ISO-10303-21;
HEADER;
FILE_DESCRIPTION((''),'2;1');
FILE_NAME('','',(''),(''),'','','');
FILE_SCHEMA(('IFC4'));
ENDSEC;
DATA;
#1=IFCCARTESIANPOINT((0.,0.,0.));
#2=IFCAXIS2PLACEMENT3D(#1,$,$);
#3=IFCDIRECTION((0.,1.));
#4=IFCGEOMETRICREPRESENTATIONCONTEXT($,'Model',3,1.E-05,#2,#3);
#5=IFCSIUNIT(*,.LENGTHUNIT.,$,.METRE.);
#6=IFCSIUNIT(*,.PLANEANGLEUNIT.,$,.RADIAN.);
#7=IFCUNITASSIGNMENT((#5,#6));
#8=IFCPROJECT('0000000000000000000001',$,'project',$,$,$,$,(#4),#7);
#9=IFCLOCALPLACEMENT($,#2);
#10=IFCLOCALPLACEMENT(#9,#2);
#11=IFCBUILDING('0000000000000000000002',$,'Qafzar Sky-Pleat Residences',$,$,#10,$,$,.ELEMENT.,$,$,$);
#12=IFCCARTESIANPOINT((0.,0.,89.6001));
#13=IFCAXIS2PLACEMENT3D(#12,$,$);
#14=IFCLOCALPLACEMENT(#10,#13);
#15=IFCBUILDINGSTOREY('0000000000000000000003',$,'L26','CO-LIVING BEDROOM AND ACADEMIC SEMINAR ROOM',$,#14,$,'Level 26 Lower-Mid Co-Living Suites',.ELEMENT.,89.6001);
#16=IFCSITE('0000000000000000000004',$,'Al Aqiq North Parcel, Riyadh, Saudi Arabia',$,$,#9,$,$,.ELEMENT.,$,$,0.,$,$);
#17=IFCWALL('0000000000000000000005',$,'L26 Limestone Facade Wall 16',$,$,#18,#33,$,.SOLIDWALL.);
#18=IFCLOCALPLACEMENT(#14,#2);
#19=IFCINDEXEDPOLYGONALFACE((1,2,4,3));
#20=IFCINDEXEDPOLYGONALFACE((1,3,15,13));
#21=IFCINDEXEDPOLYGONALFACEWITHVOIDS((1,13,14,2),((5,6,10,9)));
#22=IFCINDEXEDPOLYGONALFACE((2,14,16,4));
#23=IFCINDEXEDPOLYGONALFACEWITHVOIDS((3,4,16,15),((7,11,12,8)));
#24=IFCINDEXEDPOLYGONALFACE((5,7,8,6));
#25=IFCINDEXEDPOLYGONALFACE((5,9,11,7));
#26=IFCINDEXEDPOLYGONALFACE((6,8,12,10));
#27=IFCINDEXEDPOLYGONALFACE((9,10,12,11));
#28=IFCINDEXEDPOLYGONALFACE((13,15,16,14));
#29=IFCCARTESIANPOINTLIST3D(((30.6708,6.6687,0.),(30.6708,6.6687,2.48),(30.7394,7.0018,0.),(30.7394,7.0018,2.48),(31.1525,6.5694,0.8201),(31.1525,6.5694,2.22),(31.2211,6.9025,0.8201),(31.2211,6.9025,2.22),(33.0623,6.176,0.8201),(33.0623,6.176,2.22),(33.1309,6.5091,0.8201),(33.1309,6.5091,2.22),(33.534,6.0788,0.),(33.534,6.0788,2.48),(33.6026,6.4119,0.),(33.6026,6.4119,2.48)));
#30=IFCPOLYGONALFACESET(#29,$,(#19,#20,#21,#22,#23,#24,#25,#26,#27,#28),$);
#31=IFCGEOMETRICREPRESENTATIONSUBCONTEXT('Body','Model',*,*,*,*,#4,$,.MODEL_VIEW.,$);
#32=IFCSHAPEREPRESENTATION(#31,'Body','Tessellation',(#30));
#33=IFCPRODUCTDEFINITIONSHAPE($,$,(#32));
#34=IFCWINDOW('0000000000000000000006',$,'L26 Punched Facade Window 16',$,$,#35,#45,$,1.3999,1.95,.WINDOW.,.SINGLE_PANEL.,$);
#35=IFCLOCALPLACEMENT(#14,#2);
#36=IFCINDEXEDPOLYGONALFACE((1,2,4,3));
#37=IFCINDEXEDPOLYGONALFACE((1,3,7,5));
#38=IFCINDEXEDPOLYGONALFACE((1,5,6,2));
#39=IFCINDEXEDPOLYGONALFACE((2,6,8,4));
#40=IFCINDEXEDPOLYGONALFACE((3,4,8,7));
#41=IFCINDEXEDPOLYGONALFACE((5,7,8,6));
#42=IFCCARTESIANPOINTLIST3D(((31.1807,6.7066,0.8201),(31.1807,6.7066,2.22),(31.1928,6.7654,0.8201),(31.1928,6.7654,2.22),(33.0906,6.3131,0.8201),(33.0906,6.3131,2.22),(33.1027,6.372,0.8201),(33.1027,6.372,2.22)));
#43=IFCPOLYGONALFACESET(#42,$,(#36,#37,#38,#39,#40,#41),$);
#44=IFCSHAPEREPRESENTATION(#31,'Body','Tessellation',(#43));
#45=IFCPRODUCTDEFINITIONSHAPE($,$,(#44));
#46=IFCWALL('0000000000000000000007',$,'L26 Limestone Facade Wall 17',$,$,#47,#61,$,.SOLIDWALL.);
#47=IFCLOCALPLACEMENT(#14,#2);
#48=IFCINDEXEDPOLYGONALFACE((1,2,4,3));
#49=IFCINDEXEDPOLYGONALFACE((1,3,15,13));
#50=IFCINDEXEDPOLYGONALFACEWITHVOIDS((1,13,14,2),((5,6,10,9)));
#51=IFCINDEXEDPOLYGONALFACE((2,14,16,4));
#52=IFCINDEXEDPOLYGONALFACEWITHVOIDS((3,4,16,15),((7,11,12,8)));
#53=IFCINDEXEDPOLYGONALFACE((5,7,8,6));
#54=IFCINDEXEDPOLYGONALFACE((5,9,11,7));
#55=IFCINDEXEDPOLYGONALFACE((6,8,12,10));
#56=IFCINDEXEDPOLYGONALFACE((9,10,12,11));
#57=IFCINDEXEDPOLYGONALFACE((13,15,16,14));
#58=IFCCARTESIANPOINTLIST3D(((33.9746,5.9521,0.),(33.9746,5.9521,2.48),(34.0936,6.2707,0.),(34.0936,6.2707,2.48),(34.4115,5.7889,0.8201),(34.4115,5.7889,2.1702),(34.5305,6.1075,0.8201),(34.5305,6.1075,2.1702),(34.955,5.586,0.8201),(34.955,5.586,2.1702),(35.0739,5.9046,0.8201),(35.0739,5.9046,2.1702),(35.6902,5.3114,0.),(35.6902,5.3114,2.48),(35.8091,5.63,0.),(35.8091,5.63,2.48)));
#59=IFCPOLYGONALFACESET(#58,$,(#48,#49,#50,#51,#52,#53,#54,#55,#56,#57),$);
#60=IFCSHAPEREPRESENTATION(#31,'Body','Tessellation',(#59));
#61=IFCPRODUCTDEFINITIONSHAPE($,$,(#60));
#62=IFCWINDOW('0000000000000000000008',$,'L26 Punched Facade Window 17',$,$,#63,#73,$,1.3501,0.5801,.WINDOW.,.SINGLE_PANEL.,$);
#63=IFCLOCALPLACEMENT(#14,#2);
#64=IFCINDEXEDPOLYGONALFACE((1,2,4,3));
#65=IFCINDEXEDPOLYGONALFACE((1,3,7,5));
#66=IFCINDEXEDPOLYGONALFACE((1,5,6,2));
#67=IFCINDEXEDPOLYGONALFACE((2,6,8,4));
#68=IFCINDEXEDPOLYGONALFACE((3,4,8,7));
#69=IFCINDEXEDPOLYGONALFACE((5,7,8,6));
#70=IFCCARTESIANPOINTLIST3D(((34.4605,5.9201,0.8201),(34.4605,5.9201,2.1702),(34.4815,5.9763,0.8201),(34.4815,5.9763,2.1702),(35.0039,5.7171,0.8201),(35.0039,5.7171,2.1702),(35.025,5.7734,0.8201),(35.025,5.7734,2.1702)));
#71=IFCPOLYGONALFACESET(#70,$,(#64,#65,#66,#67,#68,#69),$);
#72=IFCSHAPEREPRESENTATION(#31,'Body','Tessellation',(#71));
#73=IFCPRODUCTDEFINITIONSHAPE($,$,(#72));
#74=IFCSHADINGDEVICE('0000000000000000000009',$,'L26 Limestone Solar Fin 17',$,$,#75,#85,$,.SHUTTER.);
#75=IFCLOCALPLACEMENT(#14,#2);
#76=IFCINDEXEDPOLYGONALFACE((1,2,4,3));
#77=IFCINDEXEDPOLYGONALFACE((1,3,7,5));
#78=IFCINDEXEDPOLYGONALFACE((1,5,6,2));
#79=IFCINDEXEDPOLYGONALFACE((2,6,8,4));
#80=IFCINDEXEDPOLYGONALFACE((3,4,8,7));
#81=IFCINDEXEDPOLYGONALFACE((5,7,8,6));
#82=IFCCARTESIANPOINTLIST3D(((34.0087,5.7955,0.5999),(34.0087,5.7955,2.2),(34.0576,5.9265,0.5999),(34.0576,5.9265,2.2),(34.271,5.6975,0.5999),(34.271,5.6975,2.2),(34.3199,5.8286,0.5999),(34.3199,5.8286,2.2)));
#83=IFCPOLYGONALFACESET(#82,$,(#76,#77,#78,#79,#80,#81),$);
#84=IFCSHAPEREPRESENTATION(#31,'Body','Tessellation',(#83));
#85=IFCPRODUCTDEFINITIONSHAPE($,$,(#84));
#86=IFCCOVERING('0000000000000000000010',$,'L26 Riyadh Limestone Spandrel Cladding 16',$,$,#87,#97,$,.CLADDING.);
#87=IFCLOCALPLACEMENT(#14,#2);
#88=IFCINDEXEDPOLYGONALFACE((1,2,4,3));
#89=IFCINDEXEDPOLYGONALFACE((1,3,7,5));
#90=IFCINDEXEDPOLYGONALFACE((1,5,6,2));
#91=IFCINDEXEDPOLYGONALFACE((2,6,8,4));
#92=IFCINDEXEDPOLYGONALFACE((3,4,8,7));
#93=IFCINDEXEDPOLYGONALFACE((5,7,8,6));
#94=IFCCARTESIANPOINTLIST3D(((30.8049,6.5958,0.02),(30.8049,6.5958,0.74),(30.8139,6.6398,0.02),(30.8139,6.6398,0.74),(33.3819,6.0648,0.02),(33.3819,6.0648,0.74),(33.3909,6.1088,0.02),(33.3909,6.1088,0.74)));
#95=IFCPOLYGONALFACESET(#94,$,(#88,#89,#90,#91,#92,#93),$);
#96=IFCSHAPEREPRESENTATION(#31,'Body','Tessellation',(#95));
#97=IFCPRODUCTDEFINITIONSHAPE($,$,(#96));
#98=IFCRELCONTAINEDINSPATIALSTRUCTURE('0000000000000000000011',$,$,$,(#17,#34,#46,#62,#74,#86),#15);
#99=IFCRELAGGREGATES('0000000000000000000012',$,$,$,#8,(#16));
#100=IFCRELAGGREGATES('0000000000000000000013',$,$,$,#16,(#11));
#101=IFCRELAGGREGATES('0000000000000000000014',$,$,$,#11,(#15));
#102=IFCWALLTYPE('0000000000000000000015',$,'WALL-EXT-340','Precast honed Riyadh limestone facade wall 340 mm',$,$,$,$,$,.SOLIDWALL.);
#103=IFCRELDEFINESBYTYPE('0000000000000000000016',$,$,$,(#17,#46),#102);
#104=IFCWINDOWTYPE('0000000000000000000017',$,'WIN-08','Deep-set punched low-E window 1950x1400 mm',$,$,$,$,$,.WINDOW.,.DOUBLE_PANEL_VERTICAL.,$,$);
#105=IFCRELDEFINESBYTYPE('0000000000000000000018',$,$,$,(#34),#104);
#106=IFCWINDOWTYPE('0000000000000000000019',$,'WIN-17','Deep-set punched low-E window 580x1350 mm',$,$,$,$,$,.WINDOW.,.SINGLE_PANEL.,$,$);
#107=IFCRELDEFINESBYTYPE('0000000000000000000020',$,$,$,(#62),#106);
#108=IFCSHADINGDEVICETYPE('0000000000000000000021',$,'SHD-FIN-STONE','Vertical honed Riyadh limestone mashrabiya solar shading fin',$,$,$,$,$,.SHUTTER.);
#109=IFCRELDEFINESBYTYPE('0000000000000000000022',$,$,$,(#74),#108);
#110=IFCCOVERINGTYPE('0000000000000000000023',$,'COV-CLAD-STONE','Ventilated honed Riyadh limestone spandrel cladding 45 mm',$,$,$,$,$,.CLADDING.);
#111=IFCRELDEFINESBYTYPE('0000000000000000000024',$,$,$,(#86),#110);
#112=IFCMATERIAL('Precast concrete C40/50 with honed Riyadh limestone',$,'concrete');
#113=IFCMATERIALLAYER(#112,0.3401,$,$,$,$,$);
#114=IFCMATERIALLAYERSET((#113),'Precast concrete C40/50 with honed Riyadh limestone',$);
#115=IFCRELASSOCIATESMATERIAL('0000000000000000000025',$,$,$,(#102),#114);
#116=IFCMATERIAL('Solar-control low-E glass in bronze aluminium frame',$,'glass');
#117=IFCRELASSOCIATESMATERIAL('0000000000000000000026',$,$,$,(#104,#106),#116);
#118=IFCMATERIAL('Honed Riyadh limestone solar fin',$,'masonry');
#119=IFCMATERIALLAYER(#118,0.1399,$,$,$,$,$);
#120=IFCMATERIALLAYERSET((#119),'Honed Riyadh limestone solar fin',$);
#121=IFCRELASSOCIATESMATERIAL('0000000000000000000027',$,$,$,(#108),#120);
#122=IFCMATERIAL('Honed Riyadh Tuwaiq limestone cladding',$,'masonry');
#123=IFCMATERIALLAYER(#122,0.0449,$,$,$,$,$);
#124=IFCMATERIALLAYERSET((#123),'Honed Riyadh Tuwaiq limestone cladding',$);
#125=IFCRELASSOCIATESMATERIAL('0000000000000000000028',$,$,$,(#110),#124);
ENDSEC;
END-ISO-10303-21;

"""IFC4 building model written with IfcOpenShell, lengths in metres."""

from ifc_helpers import new_model, si_unit, direction, frame, frame_2d, origin, origin_2d, place, context, subcontext, project, spatial, rectangle, extrude, source, transform, mapped, material, layer, layer_set, type_object, element, fill, save


model = new_model("IFC4")

# Units and contexts
model_context = context("Model", 3, precision=1e-05, world=origin(), true_north=direction((0.0, 1.0)))
body_context = subcontext(model_context, "Body", "Model", "MODEL_VIEW")
ifc_project = project(units=[si_unit("LENGTHUNIT", "METRE"), si_unit("PLANEANGLEUNIT", "RADIAN")], contexts=[model_context])

# Site, building, storey
site_placement = place(None, origin())
site = spatial("IfcSite", under=ifc_project, at=site_placement, Name="Al Aqiq North Parcel, Riyadh, Saudi Arabia", CompositionType="ELEMENT", RefElevation=0.0)
building_placement = place(site_placement, origin())
building = spatial("IfcBuilding", under=site, at=building_placement, Name="Qafzar Sky-Pleat Residences", CompositionType="ELEMENT")
storey_placement = place(building_placement, frame((0.0, 0.0, 89.6001)))
storey = spatial("IfcBuildingStorey", under=building, at=storey_placement, Name="L26", Description="CO-LIVING BEDROOM AND ACADEMIC SEMINAR ROOM", LongName="Level 26 Lower-Mid Co-Living Suites", CompositionType="ELEMENT", Elevation=89.6001)

# Walls, openings, windows
ifc_material_1 = material(Name="Precast concrete C40/50 with honed Riyadh limestone", Category="concrete")
ifc_layer_1 = layer(ifc_material_1, 0.3401)
ifc_layer_set_1 = layer_set([ifc_layer_1], Name="Precast concrete C40/50 with honed Riyadh limestone")
wall_type_1 = type_object("IfcWallType", Name="WALL-EXT-340", Description="Precast honed Riyadh limestone facade wall 340 mm", PredefinedType="SOLIDWALL", material=ifc_layer_set_1)
ifc_material_2 = material(Name="Solar-control low-E glass in bronze aluminium frame", Category="glass")
wall_1_placement = place(storey_placement, frame((30.7051, 6.8352, 0.0), z_axis=(0.0, 0.0, 1.0), x_axis=(0.979434, -0.201766, 0.0)))
wall_1 = element("IfcWall", 1, at=wall_1_placement, inside=storey, type_object=wall_type_1, Name="L26 Limestone Facade Wall 16", PredefinedType="SOLIDWALL", context=body_context, shape_type="SweptSolid", body=[
    extrude(rectangle(XDim=2.9233, YDim=0.3401, at=frame_2d((1.4617, 0.0))), origin(), (0.0, 0.0, 1.0), 2.48),
])
opening_1_placement = place(wall_1_placement, frame((0.4917, 0.0, 0.8201)))
opening_1 = element("IfcOpeningElement", 2, at=opening_1_placement, cuts=wall_1, PredefinedType="OPENING", context=body_context, shape_type="SweptSolid", body=[
    extrude(rectangle(XDim=1.95, YDim=1.3999, at=frame_2d((0.9751, 0.7))), frame((0.0, 0.1802, 0.0), z_axis=(0.0, -1.0, 0.0), x_axis=(1.0, 0.0, 0.0)), (0.0, 0.0, 1.0), 0.3601),
])
window_type_1 = type_object("IfcWindowType", Name="WIN-08", Description="Deep-set punched low-E window 1950x1400 mm", PartitioningType="DOUBLE_PANEL_VERTICAL", PredefinedType="WINDOW", material=ifc_material_2)
shared_shape_1 = source(origin(), body_context, "Body", "SweptSolid", [
    extrude(rectangle(XDim=1.95, YDim=1.3999, at=frame_2d((0.9751, 0.7))), frame((0.0, 0.03, 0.0), z_axis=(0.0, -1.0, 0.0), x_axis=(1.0, 0.0, 0.0)), (0.0, 0.0, 1.0), 0.0601),
])
window_1_placement = place(opening_1_placement, origin())
window_1 = element("IfcWindow", 3, at=window_1_placement, inside=storey, type_object=window_type_1, Name="L26 Punched Facade Window 16", OverallHeight=1.3999, OverallWidth=1.95, PartitioningType="SINGLE_PANEL", PredefinedType="WINDOW", context=body_context, shape_type="MappedRepresentation", body=[
    mapped(shared_shape_1, transform((0.0, 0.0, 0.0), x_axis=(1.0, 0.0, 0.0), y_axis=(0.0, 1.0, 0.0), z_axis=(0.0, 0.0, 1.0), scale=1.0)),
])
fill(opening_1, window_1)
wall_2_placement = place(storey_placement, frame((34.0342, 6.1113, 0.0), z_axis=(0.0, 0.0, 1.0), x_axis=(0.936816, -0.349823, 0.0)))
wall_2 = element("IfcWall", 4, at=wall_2_placement, inside=storey, type_object=wall_type_1, Name="L26 Limestone Facade Wall 17", PredefinedType="SOLIDWALL", context=body_context, shape_type="SweptSolid", body=[
    extrude(rectangle(XDim=1.8313, YDim=0.3401, at=frame_2d((0.9155, 0.0))), origin(), (0.0, 0.0, 1.0), 2.48),
])
opening_2_placement = place(wall_2_placement, frame((0.4663, 0.0, 0.8201)))
opening_2 = element("IfcOpeningElement", 5, at=opening_2_placement, cuts=wall_2, PredefinedType="OPENING", context=body_context, shape_type="SweptSolid", body=[
    extrude(rectangle(XDim=0.5801, YDim=1.3501, at=frame_2d((0.29, 0.675))), frame((0.0, 0.1802, 0.0), z_axis=(0.0, -1.0, 0.0), x_axis=(1.0, 0.0, 0.0)), (0.0, 0.0, 1.0), 0.3601),
])
window_type_2 = type_object("IfcWindowType", Name="WIN-17", Description="Deep-set punched low-E window 580x1350 mm", PartitioningType="SINGLE_PANEL", PredefinedType="WINDOW", material=ifc_material_2)
shared_shape_2 = source(origin(), body_context, "Body", "SweptSolid", [
    extrude(rectangle(XDim=0.5801, YDim=1.3501, at=frame_2d((0.29, 0.675))), frame((0.0, 0.03, 0.0), z_axis=(0.0, -1.0, 0.0), x_axis=(1.0, 0.0, 0.0)), (0.0, 0.0, 1.0), 0.0601),
])
window_2_placement = place(opening_2_placement, origin())
window_2 = element("IfcWindow", 6, at=window_2_placement, inside=storey, type_object=window_type_2, Name="L26 Punched Facade Window 17", OverallHeight=1.3501, OverallWidth=0.5801, PartitioningType="SINGLE_PANEL", PredefinedType="WINDOW", context=body_context, shape_type="MappedRepresentation", body=[
    mapped(shared_shape_2, transform((0.0, 0.0, 0.0), x_axis=(1.0, 0.0, 0.0), y_axis=(0.0, 1.0, 0.0), z_axis=(0.0, 0.0, 1.0), scale=1.0)),
])
fill(opening_2, window_2)

# Shading device
ifc_material_3 = material(Name="Honed Riyadh limestone solar fin", Category="masonry")
ifc_layer_2 = layer(ifc_material_3, 0.1399)
ifc_layer_set_2 = layer_set([ifc_layer_2], Name="Honed Riyadh limestone solar fin")
shading_device_type = type_object("IfcShadingDeviceType", Name="SHD-FIN-STONE", Description="Vertical honed Riyadh limestone mashrabiya solar shading fin", PredefinedType="SHUTTER", material=ifc_layer_set_2)
shared_shape_3 = source(origin(), body_context, "Body", "SweptSolid", [
    extrude(rectangle(XDim=0.1399, YDim=0.28, at=origin_2d()), origin(), (0.0, 0.0, 1.0), 1.6001),
])
shading_device_placement = place(storey_placement, frame((34.1643, 5.812, 0.5999), z_axis=(0.0, 0.0, 1.0), x_axis=(-0.349823, -0.936816, 0.0)))
element("IfcShadingDevice", 7, at=shading_device_placement, inside=storey, type_object=shading_device_type, Name="L26 Limestone Solar Fin 17", PredefinedType="SHUTTER", context=body_context, shape_type="MappedRepresentation", body=[
    mapped(shared_shape_3, transform((0.0, 0.0, 0.0), x_axis=(1.0, 0.0, 0.0), y_axis=(0.0, 1.0, 0.0), z_axis=(0.0, 0.0, 1.0), scale=1.0)),
])

# Covering
ifc_material_4 = material(Name="Honed Riyadh Tuwaiq limestone cladding", Category="masonry")
ifc_layer_3 = layer(ifc_material_4, 0.0449)
ifc_layer_set_3 = layer_set([ifc_layer_3], Name="Honed Riyadh Tuwaiq limestone cladding")
covering_type = type_object("IfcCoveringType", Name="COV-CLAD-STONE", Description="Ventilated honed Riyadh limestone spandrel cladding 45 mm", PredefinedType="CLADDING", material=ifc_layer_set_3)
shared_shape_4 = source(origin(), body_context, "Body", "SweptSolid", [
    extrude(rectangle(XDim=2.6311, YDim=0.0449, at=origin_2d()), origin(), (0.0, 0.0, 1.0), 0.72),
])
covering_placement = place(storey_placement, frame((32.0979, 6.3523, 0.02), z_axis=(0.0, 0.0, 1.0), x_axis=(0.97943, -0.201783, 0.0)))
element("IfcCovering", 8, at=covering_placement, inside=storey, type_object=covering_type, Name="L26 Riyadh Limestone Spandrel Cladding 16", PredefinedType="CLADDING", context=body_context, shape_type="MappedRepresentation", body=[
    mapped(shared_shape_4, transform((0.0, 0.0, 0.0), x_axis=(1.0, 0.0, 0.0), y_axis=(0.0, 1.0, 0.0), z_axis=(0.0, 0.0, 1.0), scale=1.0)),
])

save(model, "model.ifc")
